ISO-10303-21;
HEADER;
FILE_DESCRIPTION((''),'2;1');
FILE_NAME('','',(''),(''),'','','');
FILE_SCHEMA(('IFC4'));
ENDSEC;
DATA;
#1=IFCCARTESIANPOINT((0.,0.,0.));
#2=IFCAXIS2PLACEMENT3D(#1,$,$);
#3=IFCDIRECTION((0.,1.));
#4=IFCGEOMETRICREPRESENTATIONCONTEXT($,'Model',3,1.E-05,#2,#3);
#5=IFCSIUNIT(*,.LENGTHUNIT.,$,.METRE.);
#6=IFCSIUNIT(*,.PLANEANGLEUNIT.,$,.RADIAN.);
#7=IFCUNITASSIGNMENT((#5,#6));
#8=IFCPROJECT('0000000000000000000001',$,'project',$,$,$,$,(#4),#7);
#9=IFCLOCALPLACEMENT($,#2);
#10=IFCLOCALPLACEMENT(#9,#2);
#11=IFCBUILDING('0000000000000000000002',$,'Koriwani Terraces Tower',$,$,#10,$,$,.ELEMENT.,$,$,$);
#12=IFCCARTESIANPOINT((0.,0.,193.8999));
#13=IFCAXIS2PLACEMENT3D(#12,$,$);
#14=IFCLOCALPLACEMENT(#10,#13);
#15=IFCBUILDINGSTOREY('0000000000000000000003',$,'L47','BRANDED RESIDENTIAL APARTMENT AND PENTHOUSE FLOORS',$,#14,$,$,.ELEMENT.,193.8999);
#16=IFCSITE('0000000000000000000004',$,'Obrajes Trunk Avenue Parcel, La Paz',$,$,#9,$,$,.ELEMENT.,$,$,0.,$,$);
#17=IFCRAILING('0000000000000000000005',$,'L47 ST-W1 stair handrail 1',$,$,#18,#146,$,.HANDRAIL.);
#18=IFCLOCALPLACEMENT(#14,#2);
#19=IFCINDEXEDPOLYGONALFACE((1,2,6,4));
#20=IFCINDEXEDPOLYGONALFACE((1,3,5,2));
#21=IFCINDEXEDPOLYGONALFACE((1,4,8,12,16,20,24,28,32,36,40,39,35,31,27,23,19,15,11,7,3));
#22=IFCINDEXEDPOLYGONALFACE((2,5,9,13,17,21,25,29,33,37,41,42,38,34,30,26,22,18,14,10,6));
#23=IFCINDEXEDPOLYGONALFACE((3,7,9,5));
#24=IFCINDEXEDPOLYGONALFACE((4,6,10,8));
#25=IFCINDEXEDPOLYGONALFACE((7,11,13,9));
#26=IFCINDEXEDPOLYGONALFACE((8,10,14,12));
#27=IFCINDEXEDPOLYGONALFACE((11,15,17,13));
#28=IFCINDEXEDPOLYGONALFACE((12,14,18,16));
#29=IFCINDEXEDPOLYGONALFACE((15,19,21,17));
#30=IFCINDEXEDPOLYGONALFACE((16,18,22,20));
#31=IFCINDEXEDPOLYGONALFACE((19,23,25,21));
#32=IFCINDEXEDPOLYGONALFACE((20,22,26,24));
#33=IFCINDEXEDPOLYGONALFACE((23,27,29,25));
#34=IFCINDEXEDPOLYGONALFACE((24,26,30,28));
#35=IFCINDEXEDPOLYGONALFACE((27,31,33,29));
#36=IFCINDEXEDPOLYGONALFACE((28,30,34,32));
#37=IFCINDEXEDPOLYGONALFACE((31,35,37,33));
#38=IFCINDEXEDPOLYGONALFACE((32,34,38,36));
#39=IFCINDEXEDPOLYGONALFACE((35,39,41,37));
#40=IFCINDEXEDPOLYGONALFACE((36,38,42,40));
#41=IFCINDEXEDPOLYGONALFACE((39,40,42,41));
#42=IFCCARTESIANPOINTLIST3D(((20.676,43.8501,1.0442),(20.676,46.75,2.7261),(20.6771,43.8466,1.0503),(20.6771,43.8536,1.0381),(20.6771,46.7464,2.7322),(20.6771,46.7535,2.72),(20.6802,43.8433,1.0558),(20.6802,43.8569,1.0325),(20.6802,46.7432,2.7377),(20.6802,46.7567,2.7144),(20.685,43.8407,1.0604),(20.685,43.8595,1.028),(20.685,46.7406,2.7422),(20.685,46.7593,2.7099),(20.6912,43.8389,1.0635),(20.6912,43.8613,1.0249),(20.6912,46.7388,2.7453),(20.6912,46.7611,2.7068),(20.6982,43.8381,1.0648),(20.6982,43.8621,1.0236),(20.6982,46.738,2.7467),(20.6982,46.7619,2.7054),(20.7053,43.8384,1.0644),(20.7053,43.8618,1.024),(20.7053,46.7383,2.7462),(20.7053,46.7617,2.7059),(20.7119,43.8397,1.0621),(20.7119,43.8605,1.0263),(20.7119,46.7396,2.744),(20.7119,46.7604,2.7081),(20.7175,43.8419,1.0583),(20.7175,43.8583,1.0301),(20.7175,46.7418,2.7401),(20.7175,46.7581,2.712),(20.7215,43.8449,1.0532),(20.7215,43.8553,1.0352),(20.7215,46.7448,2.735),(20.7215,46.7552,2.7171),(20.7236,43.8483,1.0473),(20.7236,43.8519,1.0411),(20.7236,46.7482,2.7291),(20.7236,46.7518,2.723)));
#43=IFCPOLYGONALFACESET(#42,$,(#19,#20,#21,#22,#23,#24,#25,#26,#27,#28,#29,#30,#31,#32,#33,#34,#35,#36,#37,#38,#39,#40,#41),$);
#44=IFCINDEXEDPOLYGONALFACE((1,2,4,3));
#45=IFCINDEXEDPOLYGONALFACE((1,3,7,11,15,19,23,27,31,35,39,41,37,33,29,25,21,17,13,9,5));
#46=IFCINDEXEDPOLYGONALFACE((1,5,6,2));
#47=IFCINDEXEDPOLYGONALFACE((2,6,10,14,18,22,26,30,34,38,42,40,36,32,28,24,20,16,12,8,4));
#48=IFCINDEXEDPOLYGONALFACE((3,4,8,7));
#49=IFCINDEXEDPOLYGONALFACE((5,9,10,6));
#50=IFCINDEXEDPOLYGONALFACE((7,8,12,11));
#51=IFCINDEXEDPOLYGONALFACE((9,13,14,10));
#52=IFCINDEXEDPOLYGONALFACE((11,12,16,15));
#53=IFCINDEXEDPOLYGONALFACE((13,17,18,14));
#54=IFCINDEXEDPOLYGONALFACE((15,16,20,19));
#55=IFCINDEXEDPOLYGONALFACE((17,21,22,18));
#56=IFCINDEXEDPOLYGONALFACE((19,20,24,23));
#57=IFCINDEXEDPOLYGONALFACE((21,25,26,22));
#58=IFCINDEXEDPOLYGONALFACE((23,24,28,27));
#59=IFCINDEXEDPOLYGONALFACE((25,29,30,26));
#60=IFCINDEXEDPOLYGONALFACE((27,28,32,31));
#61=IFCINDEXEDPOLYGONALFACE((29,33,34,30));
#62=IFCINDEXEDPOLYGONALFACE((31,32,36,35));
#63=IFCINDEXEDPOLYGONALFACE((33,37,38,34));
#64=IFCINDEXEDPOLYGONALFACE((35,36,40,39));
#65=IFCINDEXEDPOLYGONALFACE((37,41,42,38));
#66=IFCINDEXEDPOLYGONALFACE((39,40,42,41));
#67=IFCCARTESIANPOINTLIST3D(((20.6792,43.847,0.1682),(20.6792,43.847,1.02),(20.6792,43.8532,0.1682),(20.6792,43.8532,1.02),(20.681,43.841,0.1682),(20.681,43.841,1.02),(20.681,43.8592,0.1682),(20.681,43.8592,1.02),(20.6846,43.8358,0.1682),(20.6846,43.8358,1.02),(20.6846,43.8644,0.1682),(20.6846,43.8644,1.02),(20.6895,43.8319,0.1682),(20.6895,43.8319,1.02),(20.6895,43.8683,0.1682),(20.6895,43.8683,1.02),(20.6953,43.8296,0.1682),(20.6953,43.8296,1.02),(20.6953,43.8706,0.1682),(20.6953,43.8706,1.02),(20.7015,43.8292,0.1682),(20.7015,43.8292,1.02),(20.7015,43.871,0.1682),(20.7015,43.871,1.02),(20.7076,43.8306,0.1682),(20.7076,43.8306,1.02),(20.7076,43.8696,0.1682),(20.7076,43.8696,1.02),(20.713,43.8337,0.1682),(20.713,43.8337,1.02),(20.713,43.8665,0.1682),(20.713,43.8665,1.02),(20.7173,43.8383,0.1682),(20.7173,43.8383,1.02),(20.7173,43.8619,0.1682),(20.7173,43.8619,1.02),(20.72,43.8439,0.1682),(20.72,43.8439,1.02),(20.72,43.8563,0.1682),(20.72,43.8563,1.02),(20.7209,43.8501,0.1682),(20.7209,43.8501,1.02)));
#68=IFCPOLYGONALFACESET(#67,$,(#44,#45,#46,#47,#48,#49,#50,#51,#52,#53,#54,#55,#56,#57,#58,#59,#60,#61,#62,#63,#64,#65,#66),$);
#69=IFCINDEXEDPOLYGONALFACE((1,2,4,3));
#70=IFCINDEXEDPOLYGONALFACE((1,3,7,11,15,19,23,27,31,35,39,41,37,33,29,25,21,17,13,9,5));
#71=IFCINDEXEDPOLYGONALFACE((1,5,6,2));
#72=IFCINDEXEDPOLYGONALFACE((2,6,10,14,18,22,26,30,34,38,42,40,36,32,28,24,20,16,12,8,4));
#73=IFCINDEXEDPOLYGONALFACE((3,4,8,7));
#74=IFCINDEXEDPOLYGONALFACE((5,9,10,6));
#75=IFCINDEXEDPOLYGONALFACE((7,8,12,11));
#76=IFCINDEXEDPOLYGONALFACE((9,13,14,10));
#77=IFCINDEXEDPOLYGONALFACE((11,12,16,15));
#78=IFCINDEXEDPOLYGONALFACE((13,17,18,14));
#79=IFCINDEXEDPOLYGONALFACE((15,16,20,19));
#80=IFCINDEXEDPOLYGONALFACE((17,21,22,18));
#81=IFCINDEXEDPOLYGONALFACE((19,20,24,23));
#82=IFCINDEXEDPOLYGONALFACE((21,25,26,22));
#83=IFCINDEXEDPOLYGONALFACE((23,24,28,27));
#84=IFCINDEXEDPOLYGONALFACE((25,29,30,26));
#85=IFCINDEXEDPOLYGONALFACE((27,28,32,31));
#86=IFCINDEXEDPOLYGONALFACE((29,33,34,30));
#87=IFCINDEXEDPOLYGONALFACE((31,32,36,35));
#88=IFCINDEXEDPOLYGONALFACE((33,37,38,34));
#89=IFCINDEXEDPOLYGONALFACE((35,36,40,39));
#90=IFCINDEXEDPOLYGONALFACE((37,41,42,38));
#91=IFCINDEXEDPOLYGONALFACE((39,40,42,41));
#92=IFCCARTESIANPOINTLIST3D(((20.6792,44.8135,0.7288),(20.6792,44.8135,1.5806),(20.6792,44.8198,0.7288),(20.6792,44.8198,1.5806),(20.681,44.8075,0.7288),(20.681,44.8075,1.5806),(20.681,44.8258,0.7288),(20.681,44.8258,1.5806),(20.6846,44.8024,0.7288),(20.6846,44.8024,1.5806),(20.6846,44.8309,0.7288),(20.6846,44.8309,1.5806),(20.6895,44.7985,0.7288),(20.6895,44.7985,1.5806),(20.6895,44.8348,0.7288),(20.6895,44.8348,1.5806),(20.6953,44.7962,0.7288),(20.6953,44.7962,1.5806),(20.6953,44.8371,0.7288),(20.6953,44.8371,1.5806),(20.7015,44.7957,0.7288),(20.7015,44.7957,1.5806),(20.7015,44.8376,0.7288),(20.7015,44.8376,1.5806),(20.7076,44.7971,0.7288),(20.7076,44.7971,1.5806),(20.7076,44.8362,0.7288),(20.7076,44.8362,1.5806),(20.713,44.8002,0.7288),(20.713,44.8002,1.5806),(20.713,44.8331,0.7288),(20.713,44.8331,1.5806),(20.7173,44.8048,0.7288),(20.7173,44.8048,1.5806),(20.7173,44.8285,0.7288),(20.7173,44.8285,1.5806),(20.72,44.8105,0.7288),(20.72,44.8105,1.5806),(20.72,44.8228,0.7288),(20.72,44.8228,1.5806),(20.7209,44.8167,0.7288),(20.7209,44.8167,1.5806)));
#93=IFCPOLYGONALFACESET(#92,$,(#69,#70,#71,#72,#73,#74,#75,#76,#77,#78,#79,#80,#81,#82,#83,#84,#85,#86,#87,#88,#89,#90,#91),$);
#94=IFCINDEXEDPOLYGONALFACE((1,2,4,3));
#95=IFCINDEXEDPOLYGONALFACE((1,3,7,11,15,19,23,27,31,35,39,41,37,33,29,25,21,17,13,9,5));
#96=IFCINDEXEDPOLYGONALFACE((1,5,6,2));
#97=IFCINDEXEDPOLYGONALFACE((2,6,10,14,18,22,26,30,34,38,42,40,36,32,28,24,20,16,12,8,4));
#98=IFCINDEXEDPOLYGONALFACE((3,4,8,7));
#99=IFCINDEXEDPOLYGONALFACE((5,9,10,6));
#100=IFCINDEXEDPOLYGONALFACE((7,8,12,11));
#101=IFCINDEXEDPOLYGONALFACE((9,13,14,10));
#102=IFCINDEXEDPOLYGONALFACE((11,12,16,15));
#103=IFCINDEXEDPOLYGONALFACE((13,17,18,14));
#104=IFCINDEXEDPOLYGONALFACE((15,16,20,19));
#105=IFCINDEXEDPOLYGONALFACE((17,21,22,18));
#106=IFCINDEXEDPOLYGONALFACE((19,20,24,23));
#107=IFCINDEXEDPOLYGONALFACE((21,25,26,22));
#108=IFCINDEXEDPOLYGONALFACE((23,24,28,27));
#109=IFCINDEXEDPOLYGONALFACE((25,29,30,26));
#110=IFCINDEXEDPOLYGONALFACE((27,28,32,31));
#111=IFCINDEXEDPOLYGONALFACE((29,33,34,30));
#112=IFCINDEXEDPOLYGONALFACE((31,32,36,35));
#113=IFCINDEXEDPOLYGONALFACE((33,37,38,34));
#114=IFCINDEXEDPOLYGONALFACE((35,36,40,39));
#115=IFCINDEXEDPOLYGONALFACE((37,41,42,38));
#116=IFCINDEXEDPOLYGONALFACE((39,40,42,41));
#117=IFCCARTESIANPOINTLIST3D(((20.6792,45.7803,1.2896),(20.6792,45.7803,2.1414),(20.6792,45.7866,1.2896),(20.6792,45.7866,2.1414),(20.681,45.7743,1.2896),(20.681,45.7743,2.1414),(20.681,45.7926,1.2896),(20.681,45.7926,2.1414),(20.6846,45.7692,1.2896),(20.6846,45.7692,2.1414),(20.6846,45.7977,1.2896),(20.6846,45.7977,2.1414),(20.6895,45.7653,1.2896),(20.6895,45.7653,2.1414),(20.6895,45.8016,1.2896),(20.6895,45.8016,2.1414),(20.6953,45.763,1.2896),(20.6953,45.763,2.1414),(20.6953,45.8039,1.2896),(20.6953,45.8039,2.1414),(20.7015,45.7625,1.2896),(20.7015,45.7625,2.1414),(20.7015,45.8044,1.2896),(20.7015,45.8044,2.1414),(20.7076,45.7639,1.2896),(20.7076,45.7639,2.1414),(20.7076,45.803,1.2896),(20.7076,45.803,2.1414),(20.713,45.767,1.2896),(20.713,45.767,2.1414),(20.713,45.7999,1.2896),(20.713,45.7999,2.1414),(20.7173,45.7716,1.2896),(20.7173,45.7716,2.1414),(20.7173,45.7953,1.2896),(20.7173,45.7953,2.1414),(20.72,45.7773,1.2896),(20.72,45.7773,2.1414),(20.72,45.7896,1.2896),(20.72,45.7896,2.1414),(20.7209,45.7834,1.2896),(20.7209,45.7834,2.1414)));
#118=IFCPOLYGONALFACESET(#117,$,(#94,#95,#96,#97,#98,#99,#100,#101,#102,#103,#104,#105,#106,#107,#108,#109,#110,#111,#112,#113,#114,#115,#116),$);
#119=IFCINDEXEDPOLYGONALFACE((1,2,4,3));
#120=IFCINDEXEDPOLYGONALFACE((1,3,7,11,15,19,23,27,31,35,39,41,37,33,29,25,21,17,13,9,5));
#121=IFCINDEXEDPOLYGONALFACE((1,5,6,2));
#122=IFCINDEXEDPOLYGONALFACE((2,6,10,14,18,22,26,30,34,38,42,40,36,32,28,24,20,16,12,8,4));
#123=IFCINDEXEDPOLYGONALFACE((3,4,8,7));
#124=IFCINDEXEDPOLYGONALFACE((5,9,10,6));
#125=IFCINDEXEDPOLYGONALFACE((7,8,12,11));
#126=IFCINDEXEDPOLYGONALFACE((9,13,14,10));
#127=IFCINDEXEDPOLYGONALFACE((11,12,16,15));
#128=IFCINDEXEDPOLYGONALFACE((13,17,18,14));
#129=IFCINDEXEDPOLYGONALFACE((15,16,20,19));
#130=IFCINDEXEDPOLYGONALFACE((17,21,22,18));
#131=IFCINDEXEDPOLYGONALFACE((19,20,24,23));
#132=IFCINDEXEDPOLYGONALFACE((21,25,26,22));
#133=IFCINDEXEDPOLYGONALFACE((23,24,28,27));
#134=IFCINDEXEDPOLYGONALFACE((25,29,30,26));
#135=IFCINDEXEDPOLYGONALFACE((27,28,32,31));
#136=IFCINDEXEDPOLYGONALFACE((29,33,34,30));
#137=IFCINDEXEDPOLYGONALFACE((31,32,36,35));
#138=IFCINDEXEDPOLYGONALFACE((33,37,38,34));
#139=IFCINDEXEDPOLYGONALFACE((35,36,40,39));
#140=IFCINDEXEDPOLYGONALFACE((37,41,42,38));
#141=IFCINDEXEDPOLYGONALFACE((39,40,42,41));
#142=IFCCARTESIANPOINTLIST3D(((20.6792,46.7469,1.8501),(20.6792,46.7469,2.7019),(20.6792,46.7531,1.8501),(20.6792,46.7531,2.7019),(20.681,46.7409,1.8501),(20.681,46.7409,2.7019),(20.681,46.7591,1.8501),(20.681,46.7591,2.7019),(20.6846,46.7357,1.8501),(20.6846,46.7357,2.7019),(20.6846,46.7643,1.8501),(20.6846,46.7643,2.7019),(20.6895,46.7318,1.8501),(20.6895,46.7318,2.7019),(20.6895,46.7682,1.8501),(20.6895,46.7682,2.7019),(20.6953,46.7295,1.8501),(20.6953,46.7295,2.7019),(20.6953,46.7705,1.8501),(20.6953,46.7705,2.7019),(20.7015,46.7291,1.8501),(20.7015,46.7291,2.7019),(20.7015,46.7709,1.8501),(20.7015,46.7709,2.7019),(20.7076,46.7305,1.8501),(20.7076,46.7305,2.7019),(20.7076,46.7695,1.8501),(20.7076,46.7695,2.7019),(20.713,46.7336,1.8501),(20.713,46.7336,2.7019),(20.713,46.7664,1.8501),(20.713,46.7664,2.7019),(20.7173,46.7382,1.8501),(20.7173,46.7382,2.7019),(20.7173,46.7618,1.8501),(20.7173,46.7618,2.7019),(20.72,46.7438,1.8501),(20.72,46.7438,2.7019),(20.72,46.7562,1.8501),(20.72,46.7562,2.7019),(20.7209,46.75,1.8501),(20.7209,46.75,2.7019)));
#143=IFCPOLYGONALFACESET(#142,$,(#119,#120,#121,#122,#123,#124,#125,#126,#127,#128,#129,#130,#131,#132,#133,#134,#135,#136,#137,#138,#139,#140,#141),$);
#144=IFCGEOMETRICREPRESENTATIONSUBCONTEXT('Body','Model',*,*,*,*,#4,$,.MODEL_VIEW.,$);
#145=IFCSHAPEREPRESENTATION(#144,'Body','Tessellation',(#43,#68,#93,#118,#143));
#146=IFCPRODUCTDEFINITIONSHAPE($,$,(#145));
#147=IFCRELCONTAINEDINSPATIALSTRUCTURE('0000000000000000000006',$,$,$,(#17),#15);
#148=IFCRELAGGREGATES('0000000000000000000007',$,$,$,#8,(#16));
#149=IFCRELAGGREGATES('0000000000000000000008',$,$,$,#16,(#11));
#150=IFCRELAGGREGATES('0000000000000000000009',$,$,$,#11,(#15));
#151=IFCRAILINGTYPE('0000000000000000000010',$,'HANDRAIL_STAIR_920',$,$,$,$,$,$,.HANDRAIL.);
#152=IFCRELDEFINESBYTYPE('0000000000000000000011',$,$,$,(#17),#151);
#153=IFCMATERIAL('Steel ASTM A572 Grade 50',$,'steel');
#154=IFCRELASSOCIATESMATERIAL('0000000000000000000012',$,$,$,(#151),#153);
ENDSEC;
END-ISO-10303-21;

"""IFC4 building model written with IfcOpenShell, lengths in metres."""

from ifc_helpers import new_model, si_unit, direction, frame, origin, origin_2d, place, context, subcontext, project, spatial, circle, extrude, material, type_object, element, save


model = new_model("IFC4")

# Units and contexts
model_context = context("Model", 3, precision=1e-05, world=origin(), true_north=direction((0.0, 1.0)))
body_context = subcontext(model_context, "Body", "Model", "MODEL_VIEW")
ifc_project = project(units=[si_unit("LENGTHUNIT", "METRE"), si_unit("PLANEANGLEUNIT", "RADIAN")], contexts=[model_context])

# Site, building, storey
site_placement = place(None, origin())
site = spatial("IfcSite", under=ifc_project, at=site_placement, Name="Obrajes Trunk Avenue Parcel, La Paz", CompositionType="ELEMENT", RefElevation=0.0)
building_placement = place(site_placement, origin())
building = spatial("IfcBuilding", under=site, at=building_placement, Name="Koriwani Terraces Tower", CompositionType="ELEMENT")
storey_placement = place(building_placement, frame((0.0, 0.0, 193.8999)))
storey = spatial("IfcBuildingStorey", under=building, at=storey_placement, Name="L47", Description="BRANDED RESIDENTIAL APARTMENT AND PENTHOUSE FLOORS", CompositionType="ELEMENT", Elevation=193.8999)

# Shared definitions
ifc_material_1 = material(Name="Steel ASTM A572 Grade 50", Category="steel")

# Railing
railing_type_1 = type_object("IfcRailingType", Name="HANDRAIL_STAIR_920", PredefinedType="HANDRAIL", material=ifc_material_1)
railing_1_placement = place(storey_placement, frame((20.7, 43.8501, 0.1682)))
element("IfcRailing", 1, at=railing_1_placement, inside=storey, type_object=railing_type_1, Name="L47 ST-W1 stair handrail 1", PredefinedType="HANDRAIL", context=body_context, shape_type="SweptSolid", body=[
    extrude(circle(Radius=0.0239, at=origin_2d()), frame((0.0, 0.0, 0.876), z_axis=(0.0, 0.865039, 0.501705), x_axis=(-1.0, 0.0, 0.0)), (0.0, 0.0, 1.0), 3.3523),
    extrude(circle(Radius=0.021, at=origin_2d()), origin(), (0.0, 0.0, 1.0), 0.8518),
    extrude(circle(Radius=0.021, at=origin_2d()), frame((0.0, 0.9666, 0.5605)), (0.0, 0.0, 1.0), 0.8518),
    extrude(circle(Radius=0.021, at=origin_2d()), frame((0.0, 1.9333, 1.1213)), (0.0, 0.0, 1.0), 0.8518),
    extrude(circle(Radius=0.021, at=origin_2d()), frame((0.0, 2.8999, 1.6819)), (0.0, 0.0, 1.0), 0.8518),
])

save(model, "model.ifc")
